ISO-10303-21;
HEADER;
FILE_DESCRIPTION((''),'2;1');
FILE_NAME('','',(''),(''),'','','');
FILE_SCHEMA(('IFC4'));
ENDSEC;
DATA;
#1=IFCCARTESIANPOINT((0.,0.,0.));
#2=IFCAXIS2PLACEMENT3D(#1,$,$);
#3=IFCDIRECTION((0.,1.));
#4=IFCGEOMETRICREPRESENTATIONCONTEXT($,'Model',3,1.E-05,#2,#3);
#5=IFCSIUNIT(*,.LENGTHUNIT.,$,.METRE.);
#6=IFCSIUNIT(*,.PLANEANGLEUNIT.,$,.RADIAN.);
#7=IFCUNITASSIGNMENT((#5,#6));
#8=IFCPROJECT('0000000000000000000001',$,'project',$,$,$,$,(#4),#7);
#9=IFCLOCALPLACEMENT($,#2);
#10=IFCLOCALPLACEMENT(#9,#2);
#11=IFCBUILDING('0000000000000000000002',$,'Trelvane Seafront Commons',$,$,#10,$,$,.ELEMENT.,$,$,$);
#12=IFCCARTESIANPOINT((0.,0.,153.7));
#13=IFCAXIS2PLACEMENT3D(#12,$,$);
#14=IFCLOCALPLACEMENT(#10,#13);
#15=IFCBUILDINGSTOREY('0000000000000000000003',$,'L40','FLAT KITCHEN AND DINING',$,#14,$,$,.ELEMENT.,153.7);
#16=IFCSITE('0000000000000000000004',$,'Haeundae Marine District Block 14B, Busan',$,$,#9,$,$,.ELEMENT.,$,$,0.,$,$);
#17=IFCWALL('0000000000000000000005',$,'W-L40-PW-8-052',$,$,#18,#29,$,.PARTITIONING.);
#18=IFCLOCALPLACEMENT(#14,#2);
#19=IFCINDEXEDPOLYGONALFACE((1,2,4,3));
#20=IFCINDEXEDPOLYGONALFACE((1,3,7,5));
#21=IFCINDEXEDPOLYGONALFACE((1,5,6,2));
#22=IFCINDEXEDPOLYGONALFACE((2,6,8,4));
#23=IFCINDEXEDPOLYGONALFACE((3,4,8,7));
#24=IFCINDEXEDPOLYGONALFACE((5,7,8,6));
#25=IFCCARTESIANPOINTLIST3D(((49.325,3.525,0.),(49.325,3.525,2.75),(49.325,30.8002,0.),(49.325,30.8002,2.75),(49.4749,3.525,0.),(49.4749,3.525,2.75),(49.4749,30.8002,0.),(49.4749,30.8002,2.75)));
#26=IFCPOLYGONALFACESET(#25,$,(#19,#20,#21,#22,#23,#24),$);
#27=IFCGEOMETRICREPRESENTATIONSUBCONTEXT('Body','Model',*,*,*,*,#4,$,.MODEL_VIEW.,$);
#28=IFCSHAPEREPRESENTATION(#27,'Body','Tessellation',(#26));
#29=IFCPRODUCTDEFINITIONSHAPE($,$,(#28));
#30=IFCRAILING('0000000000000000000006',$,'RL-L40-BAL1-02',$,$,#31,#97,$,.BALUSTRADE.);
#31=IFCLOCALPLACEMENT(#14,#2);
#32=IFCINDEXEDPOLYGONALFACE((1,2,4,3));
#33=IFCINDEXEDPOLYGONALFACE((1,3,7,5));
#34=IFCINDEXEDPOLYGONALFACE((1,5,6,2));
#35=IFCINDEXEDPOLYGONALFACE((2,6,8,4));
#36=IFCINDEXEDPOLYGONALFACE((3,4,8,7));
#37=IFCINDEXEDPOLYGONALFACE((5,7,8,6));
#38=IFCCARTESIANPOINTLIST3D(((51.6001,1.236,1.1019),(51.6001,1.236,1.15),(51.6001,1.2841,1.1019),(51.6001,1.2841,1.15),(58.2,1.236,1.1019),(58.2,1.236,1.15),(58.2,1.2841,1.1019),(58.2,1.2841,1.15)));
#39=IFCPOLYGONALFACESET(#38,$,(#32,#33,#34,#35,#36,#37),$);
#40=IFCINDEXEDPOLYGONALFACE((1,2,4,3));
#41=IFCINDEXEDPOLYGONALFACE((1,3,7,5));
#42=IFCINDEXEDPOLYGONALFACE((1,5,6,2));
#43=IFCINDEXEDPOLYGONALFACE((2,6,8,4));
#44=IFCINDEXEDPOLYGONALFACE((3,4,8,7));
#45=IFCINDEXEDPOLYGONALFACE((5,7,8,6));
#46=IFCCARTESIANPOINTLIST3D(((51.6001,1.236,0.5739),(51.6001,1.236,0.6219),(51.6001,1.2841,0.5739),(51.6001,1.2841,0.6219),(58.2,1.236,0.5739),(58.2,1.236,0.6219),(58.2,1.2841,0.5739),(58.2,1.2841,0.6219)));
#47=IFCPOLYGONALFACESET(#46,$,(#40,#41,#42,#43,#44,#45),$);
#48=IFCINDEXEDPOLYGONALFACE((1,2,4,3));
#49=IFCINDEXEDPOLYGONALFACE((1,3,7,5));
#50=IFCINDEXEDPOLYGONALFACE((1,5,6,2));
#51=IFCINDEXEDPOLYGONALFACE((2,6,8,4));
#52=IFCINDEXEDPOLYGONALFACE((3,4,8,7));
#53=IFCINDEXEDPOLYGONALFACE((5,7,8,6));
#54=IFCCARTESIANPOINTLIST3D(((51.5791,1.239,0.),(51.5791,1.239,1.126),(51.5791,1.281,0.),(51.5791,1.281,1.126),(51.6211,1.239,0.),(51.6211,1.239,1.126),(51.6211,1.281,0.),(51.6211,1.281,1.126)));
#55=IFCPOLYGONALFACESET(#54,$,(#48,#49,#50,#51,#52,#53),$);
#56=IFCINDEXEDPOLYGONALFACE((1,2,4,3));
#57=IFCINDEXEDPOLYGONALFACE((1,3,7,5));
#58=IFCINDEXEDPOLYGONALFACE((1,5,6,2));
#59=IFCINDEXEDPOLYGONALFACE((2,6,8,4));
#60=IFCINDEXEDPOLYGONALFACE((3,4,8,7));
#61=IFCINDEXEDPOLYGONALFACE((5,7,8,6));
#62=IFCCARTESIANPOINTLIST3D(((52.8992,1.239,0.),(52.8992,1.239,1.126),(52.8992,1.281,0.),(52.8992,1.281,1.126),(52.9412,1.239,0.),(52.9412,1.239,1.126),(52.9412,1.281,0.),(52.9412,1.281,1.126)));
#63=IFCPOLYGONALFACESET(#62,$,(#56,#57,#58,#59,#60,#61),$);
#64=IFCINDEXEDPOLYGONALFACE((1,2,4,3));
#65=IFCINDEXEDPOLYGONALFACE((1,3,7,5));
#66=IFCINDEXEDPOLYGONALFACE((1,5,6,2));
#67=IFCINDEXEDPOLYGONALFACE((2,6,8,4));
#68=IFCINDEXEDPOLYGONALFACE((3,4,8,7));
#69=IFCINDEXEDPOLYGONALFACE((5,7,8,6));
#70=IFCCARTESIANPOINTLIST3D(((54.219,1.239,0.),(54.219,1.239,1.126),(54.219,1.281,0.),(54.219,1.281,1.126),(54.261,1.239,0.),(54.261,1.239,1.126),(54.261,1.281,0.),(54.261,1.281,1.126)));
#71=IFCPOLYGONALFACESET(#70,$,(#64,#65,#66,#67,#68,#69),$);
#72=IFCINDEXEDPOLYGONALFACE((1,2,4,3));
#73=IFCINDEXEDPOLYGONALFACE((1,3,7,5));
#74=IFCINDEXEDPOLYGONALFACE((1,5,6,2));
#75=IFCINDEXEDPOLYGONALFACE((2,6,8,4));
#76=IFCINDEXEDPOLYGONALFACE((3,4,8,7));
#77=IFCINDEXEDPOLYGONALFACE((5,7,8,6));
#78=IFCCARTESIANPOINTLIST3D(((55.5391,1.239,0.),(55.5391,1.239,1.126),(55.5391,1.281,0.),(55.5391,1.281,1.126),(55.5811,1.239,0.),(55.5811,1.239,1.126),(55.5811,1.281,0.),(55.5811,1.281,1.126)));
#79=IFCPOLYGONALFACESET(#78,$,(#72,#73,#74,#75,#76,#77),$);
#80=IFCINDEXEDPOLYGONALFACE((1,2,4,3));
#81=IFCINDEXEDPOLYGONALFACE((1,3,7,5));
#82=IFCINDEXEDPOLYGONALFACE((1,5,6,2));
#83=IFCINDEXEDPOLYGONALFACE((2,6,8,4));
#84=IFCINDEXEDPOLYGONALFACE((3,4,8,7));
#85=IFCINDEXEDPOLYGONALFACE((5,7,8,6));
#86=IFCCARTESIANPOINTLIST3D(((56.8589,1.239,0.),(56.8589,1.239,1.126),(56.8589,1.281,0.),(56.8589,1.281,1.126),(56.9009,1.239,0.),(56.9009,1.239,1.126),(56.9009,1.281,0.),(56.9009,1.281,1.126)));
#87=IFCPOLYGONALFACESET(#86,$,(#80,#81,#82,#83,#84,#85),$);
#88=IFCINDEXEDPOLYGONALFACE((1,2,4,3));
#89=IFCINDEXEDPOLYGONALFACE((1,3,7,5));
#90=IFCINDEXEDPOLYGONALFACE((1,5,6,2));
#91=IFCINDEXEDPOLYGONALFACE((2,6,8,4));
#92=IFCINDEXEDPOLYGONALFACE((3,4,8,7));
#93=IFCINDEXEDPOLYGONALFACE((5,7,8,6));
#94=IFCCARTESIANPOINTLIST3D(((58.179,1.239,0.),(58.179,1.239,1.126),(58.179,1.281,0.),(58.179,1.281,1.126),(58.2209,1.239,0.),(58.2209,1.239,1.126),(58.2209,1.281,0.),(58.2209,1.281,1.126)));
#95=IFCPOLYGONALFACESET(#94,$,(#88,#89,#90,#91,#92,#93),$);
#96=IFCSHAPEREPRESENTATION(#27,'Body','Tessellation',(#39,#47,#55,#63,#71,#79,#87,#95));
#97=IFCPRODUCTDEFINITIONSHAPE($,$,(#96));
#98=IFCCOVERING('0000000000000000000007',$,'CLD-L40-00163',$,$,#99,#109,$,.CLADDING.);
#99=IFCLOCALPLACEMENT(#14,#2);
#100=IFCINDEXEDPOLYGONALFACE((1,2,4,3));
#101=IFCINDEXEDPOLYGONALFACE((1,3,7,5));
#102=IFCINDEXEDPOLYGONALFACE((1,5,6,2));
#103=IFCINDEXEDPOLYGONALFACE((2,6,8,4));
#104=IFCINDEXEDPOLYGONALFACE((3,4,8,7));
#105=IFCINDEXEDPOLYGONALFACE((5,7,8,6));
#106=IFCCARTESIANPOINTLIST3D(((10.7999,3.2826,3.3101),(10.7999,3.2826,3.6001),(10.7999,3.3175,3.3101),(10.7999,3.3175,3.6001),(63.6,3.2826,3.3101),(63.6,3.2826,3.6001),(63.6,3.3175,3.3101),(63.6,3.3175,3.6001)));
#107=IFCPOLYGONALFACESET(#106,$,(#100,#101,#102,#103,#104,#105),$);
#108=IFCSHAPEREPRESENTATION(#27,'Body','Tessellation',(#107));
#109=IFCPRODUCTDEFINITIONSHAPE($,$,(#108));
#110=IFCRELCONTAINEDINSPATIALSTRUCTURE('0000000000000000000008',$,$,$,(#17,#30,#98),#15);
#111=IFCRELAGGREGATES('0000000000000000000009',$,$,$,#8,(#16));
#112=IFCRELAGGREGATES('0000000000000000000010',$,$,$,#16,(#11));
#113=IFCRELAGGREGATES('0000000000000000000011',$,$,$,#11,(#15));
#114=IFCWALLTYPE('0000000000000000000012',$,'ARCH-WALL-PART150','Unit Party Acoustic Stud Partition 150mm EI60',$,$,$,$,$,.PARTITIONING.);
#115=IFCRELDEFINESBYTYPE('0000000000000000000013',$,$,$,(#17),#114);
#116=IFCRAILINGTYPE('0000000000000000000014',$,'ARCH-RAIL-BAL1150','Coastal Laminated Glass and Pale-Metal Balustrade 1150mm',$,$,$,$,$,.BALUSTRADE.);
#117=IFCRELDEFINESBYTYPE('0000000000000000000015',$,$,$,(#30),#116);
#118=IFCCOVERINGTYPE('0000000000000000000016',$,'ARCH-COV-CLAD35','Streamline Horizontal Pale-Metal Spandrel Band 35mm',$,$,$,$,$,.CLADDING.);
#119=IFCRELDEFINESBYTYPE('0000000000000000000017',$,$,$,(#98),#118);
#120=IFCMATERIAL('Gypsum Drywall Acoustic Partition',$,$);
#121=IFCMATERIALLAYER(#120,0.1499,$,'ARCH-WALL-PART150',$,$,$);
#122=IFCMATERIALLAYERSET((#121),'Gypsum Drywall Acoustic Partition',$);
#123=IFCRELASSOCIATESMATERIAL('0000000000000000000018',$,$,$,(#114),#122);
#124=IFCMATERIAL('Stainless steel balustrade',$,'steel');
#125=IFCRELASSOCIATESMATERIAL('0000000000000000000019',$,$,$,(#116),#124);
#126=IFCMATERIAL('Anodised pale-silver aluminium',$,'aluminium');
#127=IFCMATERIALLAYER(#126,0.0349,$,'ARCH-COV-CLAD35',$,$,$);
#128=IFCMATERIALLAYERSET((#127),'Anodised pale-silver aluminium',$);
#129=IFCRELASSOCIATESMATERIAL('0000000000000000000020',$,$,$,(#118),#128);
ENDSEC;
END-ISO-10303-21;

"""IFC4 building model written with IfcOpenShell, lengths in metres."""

from ifc_helpers import new_model, si_unit, direction, frame, frame_2d, origin, origin_2d, place, context, subcontext, project, spatial, rectangle, extrude, source, transform, mapped, material, layer, layer_set, type_object, element, save


model = new_model("IFC4")

# Units and contexts
model_context = context("Model", 3, precision=1e-05, world=origin(), true_north=direction((0.0, 1.0)))
body_context = subcontext(model_context, "Body", "Model", "MODEL_VIEW")
ifc_project = project(units=[si_unit("LENGTHUNIT", "METRE"), si_unit("PLANEANGLEUNIT", "RADIAN")], contexts=[model_context])

# Site, building, storey
site_placement = place(None, origin())
site = spatial("IfcSite", under=ifc_project, at=site_placement, Name="Haeundae Marine District Block 14B, Busan", CompositionType="ELEMENT", RefElevation=0.0)
building_placement = place(site_placement, origin())
building = spatial("IfcBuilding", under=site, at=building_placement, Name="Trelvane Seafront Commons", CompositionType="ELEMENT")
storey_placement = place(building_placement, frame((0.0, 0.0, 153.7)))
storey = spatial("IfcBuildingStorey", under=building, at=storey_placement, Name="L40", Description="FLAT KITCHEN AND DINING", CompositionType="ELEMENT", Elevation=153.7)

# Shared definitions
ifc_material_1 = material(Name="Anodised pale-silver aluminium", Category="aluminium")

# Shared definitions
ifc_material_2 = material(Name="Gypsum Drywall Acoustic Partition")

# Wall
ifc_layer_1 = layer(ifc_material_2, 0.1499, Name="ARCH-WALL-PART150")
ifc_layer_set_1 = layer_set([ifc_layer_1], Name="Gypsum Drywall Acoustic Partition")
wall_type_1 = type_object("IfcWallType", Name="ARCH-WALL-PART150", Description="Unit Party Acoustic Stud Partition 150mm EI60", PredefinedType="PARTITIONING", material=ifc_layer_set_1)
wall_1_placement = place(storey_placement, frame((49.3999, 3.5249, 0.0), z_axis=(0.0, 0.0, 1.0), x_axis=(0.0, 1.0, 0.0)))
element("IfcWall", 1, at=wall_1_placement, inside=storey, type_object=wall_type_1, Name="W-L40-PW-8-052", PredefinedType="PARTITIONING", context=body_context, shape_type="SweptSolid", body=[
    extrude(rectangle(XDim=27.2751, YDim=0.1499, at=frame_2d((13.6377, 0.0))), origin(), (0.0, 0.0, 1.0), 2.75),
])

# Railing
ifc_material_3 = material(Name="Stainless steel balustrade", Category="steel")
railing_type = type_object("IfcRailingType", Name="ARCH-RAIL-BAL1150", Description="Coastal Laminated Glass and Pale-Metal Balustrade 1150mm", PredefinedType="BALUSTRADE", material=ifc_material_3)
railing_placement = place(storey_placement, frame((51.6001, 1.26, 0.0)))
element("IfcRailing", 2, at=railing_placement, inside=storey, type_object=railing_type, Name="RL-L40-BAL1-02", PredefinedType="BALUSTRADE", context=body_context, shape_type="SweptSolid", body=[
    extrude(rectangle(XDim=0.0481, YDim=0.0481, at=origin_2d()), frame((0.0, 0.0, 1.126), z_axis=(1.0, 0.0, 0.0), x_axis=(0.0, 1.0, 0.0)), (0.0, 0.0, 1.0), 6.5999),
    extrude(rectangle(XDim=0.0481, YDim=0.0481, at=origin_2d()), frame((0.0, 0.0, 0.5979), z_axis=(1.0, 0.0, 0.0), x_axis=(0.0, 1.0, 0.0)), (0.0, 0.0, 1.0), 6.5999),
    extrude(rectangle(XDim=0.042, YDim=0.042, at=origin_2d()), origin(), (0.0, 0.0, 1.0), 1.126),
    extrude(rectangle(XDim=0.042, YDim=0.042, at=origin_2d()), frame((1.3201, 0.0, 0.0)), (0.0, 0.0, 1.0), 1.126),
    extrude(rectangle(XDim=0.042, YDim=0.042, at=origin_2d()), frame((2.6399, 0.0, 0.0)), (0.0, 0.0, 1.0), 1.126),
    extrude(rectangle(XDim=0.042, YDim=0.042, at=origin_2d()), frame((3.96, 0.0, 0.0)), (0.0, 0.0, 1.0), 1.126),
    extrude(rectangle(XDim=0.042, YDim=0.042, at=origin_2d()), frame((5.2798, 0.0, 0.0)), (0.0, 0.0, 1.0), 1.126),
    extrude(rectangle(XDim=0.042, YDim=0.042, at=origin_2d()), frame((6.5999, 0.0, 0.0)), (0.0, 0.0, 1.0), 1.126),
])

# Covering
ifc_layer_2 = layer(ifc_material_1, 0.0349, Name="ARCH-COV-CLAD35")
ifc_layer_set_2 = layer_set([ifc_layer_2], Name="Anodised pale-silver aluminium")
covering_type = type_object("IfcCoveringType", Name="ARCH-COV-CLAD35", Description="Streamline Horizontal Pale-Metal Spandrel Band 35mm", PredefinedType="CLADDING", material=ifc_layer_set_2)
shared_shape_1 = source(origin(), body_context, "Body", "SweptSolid", [
    extrude(rectangle(XDim=52.8, YDim=0.0349, at=origin_2d()), origin(), (0.0, 0.0, 1.0), 0.29),
])
covering_placement = place(storey_placement, frame((37.2, 3.3, 3.3101), z_axis=(0.0, 0.0, 1.0), x_axis=(-1.0, 0.0, 0.0)))
element("IfcCovering", 3, at=covering_placement, inside=storey, type_object=covering_type, Name="CLD-L40-00163", PredefinedType="CLADDING", context=body_context, shape_type="MappedRepresentation", body=[
    mapped(shared_shape_1, transform((0.0, 0.0, 0.0), x_axis=(1.0, 0.0, 0.0), y_axis=(0.0, 1.0, 0.0), z_axis=(0.0, 0.0, 1.0), scale=1.0)),
])

save(model, "model.ifc")
